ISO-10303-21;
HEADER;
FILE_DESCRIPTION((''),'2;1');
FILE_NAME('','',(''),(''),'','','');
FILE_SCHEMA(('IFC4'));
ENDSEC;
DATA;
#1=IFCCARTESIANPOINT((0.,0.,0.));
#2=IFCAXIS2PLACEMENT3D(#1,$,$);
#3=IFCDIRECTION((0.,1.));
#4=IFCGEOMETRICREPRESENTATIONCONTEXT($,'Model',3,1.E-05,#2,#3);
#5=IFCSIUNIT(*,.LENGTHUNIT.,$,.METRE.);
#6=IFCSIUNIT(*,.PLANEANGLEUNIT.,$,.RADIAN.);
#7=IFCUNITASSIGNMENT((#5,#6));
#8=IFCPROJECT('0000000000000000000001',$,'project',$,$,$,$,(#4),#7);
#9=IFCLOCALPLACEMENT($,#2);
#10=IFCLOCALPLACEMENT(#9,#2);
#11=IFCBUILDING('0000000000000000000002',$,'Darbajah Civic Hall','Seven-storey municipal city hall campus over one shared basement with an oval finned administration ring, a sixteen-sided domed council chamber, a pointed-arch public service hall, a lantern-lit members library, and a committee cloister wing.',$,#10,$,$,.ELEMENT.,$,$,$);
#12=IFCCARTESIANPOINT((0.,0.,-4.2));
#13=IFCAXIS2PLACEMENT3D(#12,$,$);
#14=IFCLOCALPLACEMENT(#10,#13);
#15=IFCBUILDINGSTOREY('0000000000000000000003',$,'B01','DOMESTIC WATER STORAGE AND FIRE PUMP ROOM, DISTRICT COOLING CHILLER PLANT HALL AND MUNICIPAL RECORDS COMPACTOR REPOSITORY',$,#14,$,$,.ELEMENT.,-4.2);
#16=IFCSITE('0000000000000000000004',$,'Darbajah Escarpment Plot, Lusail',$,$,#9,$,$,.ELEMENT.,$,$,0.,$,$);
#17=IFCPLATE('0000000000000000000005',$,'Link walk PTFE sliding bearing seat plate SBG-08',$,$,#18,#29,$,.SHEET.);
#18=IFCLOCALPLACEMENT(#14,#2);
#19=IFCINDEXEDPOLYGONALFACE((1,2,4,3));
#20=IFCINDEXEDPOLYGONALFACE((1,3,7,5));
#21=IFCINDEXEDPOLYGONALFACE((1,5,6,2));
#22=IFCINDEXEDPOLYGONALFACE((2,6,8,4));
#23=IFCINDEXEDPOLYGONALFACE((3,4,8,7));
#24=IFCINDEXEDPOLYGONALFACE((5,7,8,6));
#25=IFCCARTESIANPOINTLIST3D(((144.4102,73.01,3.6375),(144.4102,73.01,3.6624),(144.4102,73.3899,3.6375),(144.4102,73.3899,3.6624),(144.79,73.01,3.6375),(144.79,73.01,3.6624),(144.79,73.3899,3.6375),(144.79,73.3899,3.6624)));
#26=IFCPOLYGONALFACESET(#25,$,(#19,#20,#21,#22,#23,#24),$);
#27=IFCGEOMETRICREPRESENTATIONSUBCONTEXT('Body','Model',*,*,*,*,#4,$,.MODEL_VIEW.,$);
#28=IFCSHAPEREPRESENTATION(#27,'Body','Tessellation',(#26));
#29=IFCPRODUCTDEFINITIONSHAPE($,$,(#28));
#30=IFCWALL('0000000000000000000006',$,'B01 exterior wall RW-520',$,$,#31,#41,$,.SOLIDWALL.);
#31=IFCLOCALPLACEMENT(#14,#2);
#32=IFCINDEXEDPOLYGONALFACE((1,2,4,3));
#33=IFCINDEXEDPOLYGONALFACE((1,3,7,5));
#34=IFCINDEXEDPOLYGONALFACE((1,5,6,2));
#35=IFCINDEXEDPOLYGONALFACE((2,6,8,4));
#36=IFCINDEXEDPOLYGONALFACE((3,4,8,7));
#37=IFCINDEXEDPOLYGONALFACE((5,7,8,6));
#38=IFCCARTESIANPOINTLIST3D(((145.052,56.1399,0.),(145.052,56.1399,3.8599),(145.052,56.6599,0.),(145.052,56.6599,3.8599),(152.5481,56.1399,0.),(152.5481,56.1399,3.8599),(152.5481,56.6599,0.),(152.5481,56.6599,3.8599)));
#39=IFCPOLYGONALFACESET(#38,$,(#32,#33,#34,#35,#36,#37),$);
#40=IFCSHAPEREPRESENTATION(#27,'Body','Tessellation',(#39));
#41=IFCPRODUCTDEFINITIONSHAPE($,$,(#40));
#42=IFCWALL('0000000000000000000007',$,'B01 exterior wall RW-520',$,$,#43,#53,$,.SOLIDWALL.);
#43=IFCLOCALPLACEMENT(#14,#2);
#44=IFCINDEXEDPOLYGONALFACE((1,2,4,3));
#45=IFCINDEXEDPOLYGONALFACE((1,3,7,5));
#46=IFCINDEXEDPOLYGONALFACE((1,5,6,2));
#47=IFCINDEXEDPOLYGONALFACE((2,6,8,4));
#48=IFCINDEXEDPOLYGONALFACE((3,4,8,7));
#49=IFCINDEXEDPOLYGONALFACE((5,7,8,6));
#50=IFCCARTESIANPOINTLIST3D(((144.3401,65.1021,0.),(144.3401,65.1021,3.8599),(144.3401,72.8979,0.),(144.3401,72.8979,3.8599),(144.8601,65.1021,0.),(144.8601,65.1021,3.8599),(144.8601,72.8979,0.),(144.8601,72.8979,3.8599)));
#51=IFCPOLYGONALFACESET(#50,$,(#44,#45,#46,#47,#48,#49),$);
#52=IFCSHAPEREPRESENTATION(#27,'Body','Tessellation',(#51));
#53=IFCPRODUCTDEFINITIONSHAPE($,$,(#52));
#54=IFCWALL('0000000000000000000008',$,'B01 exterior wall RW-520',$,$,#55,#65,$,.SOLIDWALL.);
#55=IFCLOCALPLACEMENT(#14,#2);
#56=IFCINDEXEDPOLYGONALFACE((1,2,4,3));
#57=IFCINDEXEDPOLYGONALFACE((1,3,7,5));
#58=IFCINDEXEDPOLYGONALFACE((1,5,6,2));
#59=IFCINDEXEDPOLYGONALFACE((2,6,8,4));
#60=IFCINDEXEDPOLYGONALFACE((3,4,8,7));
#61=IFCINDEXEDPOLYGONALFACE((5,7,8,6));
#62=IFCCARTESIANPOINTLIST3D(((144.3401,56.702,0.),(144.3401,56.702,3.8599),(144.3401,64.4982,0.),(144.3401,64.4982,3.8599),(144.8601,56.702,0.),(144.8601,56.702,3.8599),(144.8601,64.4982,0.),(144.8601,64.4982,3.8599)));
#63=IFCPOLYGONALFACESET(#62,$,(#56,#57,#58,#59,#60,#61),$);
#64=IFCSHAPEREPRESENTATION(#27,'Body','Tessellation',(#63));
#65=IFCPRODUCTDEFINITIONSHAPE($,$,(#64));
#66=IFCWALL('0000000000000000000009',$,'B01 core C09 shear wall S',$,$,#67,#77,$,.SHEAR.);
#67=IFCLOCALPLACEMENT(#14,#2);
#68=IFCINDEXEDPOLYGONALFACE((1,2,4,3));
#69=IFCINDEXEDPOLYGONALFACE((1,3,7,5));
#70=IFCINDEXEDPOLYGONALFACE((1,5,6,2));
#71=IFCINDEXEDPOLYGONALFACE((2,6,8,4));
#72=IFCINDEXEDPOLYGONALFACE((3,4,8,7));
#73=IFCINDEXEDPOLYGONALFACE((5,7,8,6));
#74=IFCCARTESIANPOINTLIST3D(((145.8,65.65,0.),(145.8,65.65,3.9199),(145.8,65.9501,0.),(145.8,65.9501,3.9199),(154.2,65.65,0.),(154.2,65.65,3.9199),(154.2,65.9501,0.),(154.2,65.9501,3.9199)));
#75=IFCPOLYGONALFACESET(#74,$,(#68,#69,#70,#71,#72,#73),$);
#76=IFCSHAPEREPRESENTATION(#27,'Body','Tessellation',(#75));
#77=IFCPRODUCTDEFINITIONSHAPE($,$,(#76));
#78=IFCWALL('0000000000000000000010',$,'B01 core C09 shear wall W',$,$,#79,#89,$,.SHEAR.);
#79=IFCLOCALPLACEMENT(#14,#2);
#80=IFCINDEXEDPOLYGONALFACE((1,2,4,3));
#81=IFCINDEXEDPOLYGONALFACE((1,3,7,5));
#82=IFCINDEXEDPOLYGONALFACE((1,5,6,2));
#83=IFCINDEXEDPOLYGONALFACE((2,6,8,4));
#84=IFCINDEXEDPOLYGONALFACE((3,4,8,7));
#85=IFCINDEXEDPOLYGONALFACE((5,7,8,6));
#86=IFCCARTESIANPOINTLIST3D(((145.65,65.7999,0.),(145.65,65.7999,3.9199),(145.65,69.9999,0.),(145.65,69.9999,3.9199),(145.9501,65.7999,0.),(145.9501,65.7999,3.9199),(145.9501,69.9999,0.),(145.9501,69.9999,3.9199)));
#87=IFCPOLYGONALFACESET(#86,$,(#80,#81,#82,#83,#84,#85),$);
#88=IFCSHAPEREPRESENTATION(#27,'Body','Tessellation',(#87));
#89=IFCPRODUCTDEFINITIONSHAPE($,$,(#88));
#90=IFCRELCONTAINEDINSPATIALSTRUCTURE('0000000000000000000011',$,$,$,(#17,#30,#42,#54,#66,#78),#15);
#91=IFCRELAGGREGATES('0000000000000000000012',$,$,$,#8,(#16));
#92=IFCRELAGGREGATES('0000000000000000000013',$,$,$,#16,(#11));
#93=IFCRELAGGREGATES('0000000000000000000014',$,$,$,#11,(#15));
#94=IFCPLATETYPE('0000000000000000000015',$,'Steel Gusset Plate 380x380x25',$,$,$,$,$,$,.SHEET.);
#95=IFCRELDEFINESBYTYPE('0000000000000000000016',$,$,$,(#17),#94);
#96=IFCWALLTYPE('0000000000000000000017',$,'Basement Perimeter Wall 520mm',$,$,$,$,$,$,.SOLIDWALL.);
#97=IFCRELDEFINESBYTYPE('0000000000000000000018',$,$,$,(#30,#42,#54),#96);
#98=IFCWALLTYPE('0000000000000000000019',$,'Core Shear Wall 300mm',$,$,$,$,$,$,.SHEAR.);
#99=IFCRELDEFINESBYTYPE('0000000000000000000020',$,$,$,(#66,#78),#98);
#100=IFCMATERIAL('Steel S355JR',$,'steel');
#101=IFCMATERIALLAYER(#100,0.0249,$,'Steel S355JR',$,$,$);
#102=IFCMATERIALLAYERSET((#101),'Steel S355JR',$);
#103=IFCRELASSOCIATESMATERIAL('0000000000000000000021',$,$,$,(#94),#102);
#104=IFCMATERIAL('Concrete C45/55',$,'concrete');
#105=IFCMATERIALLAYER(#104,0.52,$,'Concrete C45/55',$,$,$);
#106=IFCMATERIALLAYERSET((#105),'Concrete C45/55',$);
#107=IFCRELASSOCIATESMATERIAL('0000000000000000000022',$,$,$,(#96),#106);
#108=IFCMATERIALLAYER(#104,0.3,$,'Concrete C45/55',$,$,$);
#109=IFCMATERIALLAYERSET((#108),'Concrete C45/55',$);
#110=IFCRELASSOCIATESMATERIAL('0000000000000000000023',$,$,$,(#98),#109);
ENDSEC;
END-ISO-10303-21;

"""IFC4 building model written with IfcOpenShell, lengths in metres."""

from ifc_helpers import new_model, si_unit, direction, frame, frame_2d, origin, origin_2d, place, context, subcontext, project, spatial, rectangle, extrude, material, layer, layer_set, type_object, element, save


model = new_model("IFC4")

# Units and contexts
model_context = context("Model", 3, precision=1e-05, world=origin(), true_north=direction((0.0, 1.0)))
body_context = subcontext(model_context, "Body", "Model", "MODEL_VIEW")
ifc_project = project(units=[si_unit("LENGTHUNIT", "METRE"), si_unit("PLANEANGLEUNIT", "RADIAN")], contexts=[model_context])

# Site, building, storey
site_placement = place(None, origin())
site = spatial("IfcSite", under=ifc_project, at=site_placement, Name="Darbajah Escarpment Plot, Lusail", CompositionType="ELEMENT", RefElevation=0.0)
building_placement = place(site_placement, origin())
building = spatial("IfcBuilding", under=site, at=building_placement, Name="Darbajah Civic Hall", Description="Seven-storey municipal city hall campus over one shared basement with an oval finned administration ring, a sixteen-sided domed council chamber, a pointed-arch public service hall, a lantern-lit members library, and a committee cloister wing.", CompositionType="ELEMENT")
storey_placement = place(building_placement, frame((0.0, 0.0, -4.2)))
storey = spatial("IfcBuildingStorey", under=building, at=storey_placement, Name="B01", Description="DOMESTIC WATER STORAGE AND FIRE PUMP ROOM, DISTRICT COOLING CHILLER PLANT HALL AND MUNICIPAL RECORDS COMPACTOR REPOSITORY", CompositionType="ELEMENT", Elevation=-4.2)

# Shared definitions
ifc_material_1 = material(Name="Concrete C45/55", Category="concrete")

# Shared definitions
ifc_material_2 = material(Name="Steel S355JR", Category="steel")

# Plate
ifc_layer_1 = layer(ifc_material_2, 0.0249, Name="Steel S355JR")
ifc_layer_set_1 = layer_set([ifc_layer_1], Name="Steel S355JR")
plate_type = type_object("IfcPlateType", Name="Steel Gusset Plate 380x380x25", PredefinedType="SHEET", material=ifc_layer_set_1)
plate_placement = place(storey_placement, frame((144.6001, 73.2, 3.6375), z_axis=(0.0, 0.0, 1.0), x_axis=(1.0, 0.0, 0.0)))
element("IfcPlate", 1, at=plate_placement, inside=storey, type_object=plate_type, Name="Link walk PTFE sliding bearing seat plate SBG-08", PredefinedType="SHEET", context=body_context, shape_type="SweptSolid", body=[
    extrude(rectangle(XDim=0.3799, YDim=0.3799, at=origin_2d()), origin(), (0.0, 0.0, 1.0), 0.0249),
])

# Walls
ifc_layer_2 = layer(ifc_material_1, 0.52, Name="Concrete C45/55")
ifc_layer_set_2 = layer_set([ifc_layer_2], Name="Concrete C45/55")
wall_type_1 = type_object("IfcWallType", Name="Basement Perimeter Wall 520mm", PredefinedType="SOLIDWALL", material=ifc_layer_set_2)
wall_1_placement = place(storey_placement, frame((145.052, 56.3999, 0.0), z_axis=(0.0, 0.0, 1.0), x_axis=(1.0, 0.0, 0.0)))
element("IfcWall", 2, at=wall_1_placement, inside=storey, type_object=wall_type_1, Name="B01 exterior wall RW-520", PredefinedType="SOLIDWALL", context=body_context, shape_type="SweptSolid", body=[
    extrude(rectangle(XDim=7.4961, YDim=0.52, at=frame_2d((3.748, 0.0))), origin(), (0.0, 0.0, 1.0), 3.8599),
])
wall_2_placement = place(storey_placement, frame((144.6001, 72.8979, 0.0), z_axis=(0.0, 0.0, 1.0), x_axis=(0.0, -1.0, 0.0)))
element("IfcWall", 3, at=wall_2_placement, inside=storey, type_object=wall_type_1, Name="B01 exterior wall RW-520", PredefinedType="SOLIDWALL", context=body_context, shape_type="SweptSolid", body=[
    extrude(rectangle(XDim=7.7959, YDim=0.52, at=frame_2d((3.8979, 0.0))), origin(), (0.0, 0.0, 1.0), 3.8599),
])
wall_3_placement = place(storey_placement, frame((144.6001, 64.498, 0.0), z_axis=(0.0, 0.0, 1.0), x_axis=(0.0, -1.0, 0.0)))
element("IfcWall", 4, at=wall_3_placement, inside=storey, type_object=wall_type_1, Name="B01 exterior wall RW-520", PredefinedType="SOLIDWALL", context=body_context, shape_type="SweptSolid", body=[
    extrude(rectangle(XDim=7.7961, YDim=0.52, at=frame_2d((3.8979, 0.0))), origin(), (0.0, 0.0, 1.0), 3.8599),
])
ifc_layer_3 = layer(ifc_material_1, 0.3, Name="Concrete C45/55")
ifc_layer_set_3 = layer_set([ifc_layer_3], Name="Concrete C45/55")
wall_type_2 = type_object("IfcWallType", Name="Core Shear Wall 300mm", PredefinedType="SHEAR", material=ifc_layer_set_3)
wall_4_placement = place(storey_placement, frame((145.8, 65.8, 0.0), z_axis=(0.0, 0.0, 1.0), x_axis=(1.0, 0.0, 0.0)))
element("IfcWall", 5, at=wall_4_placement, inside=storey, type_object=wall_type_2, Name="B01 core C09 shear wall S", PredefinedType="SHEAR", context=body_context, shape_type="SweptSolid", body=[
    extrude(rectangle(XDim=8.3999, YDim=0.3, at=frame_2d((4.2, 0.0))), origin(), (0.0, 0.0, 1.0), 3.9199),
])
wall_5_placement = place(storey_placement, frame((145.8, 70.0, 0.0), z_axis=(0.0, 0.0, 1.0), x_axis=(0.0, -1.0, 0.0)))
element("IfcWall", 6, at=wall_5_placement, inside=storey, type_object=wall_type_2, Name="B01 core C09 shear wall W", PredefinedType="SHEAR", context=body_context, shape_type="SweptSolid", body=[
    extrude(rectangle(XDim=4.2, YDim=0.3, at=frame_2d((2.1001, 0.0))), origin(), (0.0, 0.0, 1.0), 3.9199),
])

save(model, "model.ifc")
